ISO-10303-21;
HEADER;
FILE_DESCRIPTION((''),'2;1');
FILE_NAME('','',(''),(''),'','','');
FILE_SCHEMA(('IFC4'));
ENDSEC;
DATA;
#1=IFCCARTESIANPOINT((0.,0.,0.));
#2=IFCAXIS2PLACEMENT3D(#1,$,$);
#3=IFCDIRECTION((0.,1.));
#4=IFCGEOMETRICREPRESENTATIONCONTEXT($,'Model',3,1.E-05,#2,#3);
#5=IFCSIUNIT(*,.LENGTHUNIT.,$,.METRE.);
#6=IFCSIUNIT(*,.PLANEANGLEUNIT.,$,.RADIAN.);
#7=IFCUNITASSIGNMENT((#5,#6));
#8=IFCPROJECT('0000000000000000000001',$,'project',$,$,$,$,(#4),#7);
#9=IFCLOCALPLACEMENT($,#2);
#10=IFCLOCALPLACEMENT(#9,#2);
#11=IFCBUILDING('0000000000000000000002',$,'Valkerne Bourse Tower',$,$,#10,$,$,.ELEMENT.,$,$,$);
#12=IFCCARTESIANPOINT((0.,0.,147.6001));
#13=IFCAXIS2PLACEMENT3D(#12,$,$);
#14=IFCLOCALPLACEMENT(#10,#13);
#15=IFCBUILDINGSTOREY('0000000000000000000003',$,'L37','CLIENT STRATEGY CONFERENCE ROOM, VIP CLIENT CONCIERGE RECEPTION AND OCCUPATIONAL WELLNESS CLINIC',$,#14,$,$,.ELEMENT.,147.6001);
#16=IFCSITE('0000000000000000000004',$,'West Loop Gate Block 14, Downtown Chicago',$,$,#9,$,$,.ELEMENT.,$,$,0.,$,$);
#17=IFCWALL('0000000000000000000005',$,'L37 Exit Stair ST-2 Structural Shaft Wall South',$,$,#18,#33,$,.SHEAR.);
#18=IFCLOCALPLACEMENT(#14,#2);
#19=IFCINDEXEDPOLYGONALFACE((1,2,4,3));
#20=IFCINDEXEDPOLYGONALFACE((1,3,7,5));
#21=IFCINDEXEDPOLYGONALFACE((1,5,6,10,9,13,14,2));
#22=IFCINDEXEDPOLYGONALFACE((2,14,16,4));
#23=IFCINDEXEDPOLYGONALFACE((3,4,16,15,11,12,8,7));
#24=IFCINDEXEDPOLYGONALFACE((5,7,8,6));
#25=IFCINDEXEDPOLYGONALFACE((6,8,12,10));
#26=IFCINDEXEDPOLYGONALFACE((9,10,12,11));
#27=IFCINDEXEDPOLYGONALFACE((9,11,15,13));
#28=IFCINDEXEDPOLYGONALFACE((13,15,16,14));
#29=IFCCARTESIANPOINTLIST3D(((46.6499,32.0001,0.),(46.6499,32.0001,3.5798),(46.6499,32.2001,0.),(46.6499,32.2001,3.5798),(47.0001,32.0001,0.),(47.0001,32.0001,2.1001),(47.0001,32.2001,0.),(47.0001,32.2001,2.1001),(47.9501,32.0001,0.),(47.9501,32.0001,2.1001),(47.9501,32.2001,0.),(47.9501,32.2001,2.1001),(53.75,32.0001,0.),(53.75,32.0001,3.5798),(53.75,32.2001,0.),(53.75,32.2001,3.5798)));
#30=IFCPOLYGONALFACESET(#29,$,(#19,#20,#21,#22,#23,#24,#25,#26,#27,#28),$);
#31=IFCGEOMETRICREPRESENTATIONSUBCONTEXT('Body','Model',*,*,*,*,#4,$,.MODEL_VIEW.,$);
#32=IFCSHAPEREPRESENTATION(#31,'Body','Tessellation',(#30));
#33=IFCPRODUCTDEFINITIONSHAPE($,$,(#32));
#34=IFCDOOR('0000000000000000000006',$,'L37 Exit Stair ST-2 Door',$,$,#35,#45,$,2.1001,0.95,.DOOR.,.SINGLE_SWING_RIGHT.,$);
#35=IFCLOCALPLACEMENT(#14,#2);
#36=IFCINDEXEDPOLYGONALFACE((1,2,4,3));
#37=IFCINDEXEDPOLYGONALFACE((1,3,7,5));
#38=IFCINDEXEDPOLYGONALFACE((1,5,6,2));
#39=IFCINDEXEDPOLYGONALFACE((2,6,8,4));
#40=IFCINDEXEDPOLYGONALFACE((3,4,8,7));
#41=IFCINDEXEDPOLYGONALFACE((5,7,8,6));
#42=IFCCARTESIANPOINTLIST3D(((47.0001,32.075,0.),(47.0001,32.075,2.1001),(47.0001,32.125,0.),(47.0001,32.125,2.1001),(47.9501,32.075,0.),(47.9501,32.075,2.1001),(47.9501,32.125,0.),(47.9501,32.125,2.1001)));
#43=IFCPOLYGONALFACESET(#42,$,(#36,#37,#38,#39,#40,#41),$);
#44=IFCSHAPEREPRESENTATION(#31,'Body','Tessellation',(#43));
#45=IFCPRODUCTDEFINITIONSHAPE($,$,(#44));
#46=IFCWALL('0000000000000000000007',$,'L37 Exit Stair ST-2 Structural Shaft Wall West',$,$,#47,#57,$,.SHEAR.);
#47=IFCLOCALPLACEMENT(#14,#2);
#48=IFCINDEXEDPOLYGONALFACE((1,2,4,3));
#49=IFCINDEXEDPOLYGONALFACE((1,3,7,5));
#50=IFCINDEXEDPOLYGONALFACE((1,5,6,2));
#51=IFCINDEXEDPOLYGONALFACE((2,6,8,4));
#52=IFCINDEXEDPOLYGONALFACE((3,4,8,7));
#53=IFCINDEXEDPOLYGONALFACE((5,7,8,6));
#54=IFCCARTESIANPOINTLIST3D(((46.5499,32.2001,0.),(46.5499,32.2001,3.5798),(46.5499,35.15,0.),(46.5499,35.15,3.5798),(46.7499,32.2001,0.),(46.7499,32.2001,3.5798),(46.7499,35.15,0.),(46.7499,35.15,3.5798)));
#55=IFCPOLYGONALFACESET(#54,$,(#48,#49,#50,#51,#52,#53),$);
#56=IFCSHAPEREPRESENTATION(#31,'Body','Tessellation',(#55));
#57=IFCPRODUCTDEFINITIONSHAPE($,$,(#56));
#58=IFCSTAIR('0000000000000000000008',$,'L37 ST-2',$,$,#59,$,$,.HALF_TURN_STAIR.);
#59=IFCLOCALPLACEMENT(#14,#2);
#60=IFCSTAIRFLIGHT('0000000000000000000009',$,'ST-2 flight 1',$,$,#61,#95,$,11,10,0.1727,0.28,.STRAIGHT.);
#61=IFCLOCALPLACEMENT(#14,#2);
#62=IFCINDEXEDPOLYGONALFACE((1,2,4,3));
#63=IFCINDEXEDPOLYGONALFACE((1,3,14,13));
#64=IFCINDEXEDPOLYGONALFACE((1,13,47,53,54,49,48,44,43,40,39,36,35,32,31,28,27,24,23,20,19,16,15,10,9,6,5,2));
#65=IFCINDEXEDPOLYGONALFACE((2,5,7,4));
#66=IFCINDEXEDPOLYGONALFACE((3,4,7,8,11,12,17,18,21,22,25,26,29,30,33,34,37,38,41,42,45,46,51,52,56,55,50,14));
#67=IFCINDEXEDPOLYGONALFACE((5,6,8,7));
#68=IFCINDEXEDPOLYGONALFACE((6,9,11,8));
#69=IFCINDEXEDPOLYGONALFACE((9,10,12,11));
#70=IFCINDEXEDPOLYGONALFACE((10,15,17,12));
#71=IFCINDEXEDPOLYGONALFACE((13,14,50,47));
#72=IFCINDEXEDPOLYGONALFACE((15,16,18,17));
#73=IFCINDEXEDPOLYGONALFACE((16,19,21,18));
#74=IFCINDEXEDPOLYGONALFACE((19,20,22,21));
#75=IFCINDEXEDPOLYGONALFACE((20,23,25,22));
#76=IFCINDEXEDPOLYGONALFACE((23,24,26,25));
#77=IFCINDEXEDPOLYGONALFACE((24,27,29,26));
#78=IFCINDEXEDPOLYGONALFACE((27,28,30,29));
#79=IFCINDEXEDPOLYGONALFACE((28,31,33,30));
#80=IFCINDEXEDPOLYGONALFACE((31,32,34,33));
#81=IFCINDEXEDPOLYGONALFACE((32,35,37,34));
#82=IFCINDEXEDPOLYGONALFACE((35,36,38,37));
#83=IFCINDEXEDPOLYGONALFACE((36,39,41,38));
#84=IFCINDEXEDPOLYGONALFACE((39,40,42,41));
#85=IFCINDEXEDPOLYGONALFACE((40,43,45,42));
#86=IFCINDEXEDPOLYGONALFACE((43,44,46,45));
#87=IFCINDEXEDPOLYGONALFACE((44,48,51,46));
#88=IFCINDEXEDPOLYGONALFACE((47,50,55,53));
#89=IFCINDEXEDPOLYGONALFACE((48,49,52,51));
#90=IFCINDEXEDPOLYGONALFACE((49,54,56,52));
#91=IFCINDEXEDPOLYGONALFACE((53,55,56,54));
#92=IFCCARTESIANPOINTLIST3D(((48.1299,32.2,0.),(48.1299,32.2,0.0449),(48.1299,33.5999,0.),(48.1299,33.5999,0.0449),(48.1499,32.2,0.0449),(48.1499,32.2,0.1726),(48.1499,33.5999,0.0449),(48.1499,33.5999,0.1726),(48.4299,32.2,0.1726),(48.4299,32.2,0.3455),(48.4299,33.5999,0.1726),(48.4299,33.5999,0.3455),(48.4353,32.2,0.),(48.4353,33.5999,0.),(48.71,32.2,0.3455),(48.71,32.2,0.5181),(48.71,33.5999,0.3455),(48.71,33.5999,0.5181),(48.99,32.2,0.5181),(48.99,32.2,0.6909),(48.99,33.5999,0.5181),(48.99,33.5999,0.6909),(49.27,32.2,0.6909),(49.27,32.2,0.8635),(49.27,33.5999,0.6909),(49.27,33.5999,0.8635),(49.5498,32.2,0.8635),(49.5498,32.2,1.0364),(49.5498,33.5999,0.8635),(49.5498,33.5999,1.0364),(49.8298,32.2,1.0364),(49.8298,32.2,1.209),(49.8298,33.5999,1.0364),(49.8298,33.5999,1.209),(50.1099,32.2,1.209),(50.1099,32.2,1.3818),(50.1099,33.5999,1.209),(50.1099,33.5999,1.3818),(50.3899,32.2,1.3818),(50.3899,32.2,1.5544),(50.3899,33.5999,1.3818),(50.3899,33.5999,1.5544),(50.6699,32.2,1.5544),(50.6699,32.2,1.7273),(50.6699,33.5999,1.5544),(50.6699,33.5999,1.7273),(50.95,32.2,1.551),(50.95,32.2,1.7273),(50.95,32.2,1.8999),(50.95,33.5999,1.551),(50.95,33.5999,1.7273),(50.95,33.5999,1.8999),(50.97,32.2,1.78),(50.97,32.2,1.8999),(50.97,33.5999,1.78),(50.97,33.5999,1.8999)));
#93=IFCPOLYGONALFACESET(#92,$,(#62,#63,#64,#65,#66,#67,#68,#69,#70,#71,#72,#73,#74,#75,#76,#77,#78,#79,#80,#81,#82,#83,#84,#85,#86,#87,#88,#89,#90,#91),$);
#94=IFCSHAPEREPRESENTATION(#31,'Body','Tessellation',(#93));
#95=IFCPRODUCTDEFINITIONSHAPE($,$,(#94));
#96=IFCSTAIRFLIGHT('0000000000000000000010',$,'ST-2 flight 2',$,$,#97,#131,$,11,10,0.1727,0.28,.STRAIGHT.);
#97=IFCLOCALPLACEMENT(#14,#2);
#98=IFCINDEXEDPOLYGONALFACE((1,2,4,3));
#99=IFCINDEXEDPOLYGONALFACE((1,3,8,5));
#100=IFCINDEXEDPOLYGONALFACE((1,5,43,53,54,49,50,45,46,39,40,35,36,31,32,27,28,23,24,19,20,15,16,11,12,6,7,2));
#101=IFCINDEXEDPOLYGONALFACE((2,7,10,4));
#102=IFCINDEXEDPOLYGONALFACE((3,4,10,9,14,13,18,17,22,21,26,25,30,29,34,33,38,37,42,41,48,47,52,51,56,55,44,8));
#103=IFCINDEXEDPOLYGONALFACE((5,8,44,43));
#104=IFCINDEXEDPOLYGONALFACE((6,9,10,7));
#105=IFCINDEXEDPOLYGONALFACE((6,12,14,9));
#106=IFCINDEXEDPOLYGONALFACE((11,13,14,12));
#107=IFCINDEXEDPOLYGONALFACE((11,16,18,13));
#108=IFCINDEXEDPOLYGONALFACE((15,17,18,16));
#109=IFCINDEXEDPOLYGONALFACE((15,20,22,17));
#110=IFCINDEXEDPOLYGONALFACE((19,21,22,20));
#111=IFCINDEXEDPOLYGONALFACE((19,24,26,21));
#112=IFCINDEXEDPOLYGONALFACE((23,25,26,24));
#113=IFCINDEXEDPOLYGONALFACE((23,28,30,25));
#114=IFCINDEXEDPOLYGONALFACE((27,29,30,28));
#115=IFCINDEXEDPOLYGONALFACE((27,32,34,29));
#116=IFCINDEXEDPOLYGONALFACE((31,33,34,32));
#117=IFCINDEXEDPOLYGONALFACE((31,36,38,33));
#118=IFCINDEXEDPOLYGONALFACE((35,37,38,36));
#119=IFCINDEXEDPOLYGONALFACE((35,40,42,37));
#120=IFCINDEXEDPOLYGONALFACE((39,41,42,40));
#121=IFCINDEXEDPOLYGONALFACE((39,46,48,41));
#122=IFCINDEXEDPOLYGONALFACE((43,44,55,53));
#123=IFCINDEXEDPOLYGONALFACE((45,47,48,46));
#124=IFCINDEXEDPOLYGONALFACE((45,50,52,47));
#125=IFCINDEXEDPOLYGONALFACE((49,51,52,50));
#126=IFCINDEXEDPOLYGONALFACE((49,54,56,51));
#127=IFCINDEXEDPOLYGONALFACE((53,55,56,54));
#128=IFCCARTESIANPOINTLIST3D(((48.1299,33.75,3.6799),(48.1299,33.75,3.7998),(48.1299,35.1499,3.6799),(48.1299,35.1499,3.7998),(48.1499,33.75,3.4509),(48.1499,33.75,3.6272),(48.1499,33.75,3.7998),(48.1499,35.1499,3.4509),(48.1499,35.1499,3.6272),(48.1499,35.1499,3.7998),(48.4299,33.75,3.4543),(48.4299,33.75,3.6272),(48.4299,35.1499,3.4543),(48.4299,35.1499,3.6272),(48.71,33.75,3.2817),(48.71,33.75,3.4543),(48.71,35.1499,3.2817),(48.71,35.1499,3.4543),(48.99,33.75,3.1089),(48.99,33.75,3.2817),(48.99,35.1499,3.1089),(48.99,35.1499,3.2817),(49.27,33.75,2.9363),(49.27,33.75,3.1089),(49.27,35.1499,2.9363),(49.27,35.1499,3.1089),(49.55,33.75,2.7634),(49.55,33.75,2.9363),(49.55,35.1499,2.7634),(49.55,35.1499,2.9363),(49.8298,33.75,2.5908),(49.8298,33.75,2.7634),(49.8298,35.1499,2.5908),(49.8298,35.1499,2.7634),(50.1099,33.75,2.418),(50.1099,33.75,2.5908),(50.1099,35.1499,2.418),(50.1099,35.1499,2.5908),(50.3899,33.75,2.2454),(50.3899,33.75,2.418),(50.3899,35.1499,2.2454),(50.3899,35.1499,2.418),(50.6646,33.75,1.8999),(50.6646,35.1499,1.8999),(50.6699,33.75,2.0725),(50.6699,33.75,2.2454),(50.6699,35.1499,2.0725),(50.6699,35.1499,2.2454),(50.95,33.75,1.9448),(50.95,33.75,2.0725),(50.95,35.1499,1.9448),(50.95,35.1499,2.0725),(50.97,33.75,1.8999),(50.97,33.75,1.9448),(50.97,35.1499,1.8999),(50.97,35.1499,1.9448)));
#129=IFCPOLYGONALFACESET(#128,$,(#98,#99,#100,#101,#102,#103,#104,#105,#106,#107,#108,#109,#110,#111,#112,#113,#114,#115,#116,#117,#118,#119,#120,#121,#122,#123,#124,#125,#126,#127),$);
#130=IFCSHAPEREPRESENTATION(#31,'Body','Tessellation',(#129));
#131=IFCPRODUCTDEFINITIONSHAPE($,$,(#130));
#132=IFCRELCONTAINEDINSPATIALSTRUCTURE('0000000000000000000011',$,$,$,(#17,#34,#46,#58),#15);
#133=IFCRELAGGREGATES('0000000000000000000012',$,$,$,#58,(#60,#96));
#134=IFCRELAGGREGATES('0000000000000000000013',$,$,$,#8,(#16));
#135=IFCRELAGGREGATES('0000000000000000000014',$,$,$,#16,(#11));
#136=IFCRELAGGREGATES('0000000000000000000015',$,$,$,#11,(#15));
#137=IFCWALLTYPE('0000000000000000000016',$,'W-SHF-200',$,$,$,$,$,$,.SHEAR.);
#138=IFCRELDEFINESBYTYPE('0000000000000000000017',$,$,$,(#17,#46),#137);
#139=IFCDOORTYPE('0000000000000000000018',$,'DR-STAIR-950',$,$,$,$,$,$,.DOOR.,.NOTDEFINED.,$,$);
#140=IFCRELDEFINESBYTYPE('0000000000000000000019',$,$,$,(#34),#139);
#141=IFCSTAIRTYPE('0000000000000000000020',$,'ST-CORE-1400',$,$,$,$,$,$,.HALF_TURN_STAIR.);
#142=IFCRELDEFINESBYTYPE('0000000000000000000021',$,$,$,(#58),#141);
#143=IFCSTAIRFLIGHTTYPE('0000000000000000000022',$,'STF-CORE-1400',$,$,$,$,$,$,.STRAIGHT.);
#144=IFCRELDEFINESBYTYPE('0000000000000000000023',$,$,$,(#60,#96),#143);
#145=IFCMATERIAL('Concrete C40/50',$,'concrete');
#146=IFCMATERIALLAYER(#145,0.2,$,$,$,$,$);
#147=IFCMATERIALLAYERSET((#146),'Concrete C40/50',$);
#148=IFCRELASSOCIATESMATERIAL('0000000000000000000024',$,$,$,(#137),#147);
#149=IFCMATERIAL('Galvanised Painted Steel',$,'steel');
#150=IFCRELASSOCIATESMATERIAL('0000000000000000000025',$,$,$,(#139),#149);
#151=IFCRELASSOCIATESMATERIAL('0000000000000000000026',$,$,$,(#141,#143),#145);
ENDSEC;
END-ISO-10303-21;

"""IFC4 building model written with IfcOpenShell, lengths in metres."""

from ifc_helpers import new_model, si_unit, direction, frame, frame_2d, origin, place, context, subcontext, project, spatial, polyline, rectangle, outline, extrude, material, layer, layer_set, type_object, element, fill, aggregate, save


model = new_model("IFC4")

# Units and contexts
model_context = context("Model", 3, precision=1e-05, world=origin(), true_north=direction((0.0, 1.0)))
body_context = subcontext(model_context, "Body", "Model", "MODEL_VIEW")
ifc_project = project(units=[si_unit("LENGTHUNIT", "METRE"), si_unit("PLANEANGLEUNIT", "RADIAN")], contexts=[model_context])

# Site, building, storey
site_placement = place(None, origin())
site = spatial("IfcSite", under=ifc_project, at=site_placement, Name="West Loop Gate Block 14, Downtown Chicago", CompositionType="ELEMENT", RefElevation=0.0)
building_placement = place(site_placement, origin())
building = spatial("IfcBuilding", under=site, at=building_placement, Name="Valkerne Bourse Tower", CompositionType="ELEMENT")
storey_placement = place(building_placement, frame((0.0, 0.0, 147.6001)))
storey = spatial("IfcBuildingStorey", under=building, at=storey_placement, Name="L37", Description="CLIENT STRATEGY CONFERENCE ROOM, VIP CLIENT CONCIERGE RECEPTION AND OCCUPATIONAL WELLNESS CLINIC", CompositionType="ELEMENT", Elevation=147.6001)

# Shared definitions
ifc_material_1 = material(Name="Galvanised Painted Steel", Category="steel")

# Wall, opening, door
ifc_material_2 = material(Name="Concrete C40/50", Category="concrete")
ifc_layer_1 = layer(ifc_material_2, 0.2)
ifc_layer_set_1 = layer_set([ifc_layer_1], Name="Concrete C40/50")
wall_type_1 = type_object("IfcWallType", Name="W-SHF-200", PredefinedType="SHEAR", material=ifc_layer_set_1)
wall_1_placement = place(storey_placement, frame((46.6499, 32.1001, 0.0), z_axis=(0.0, 0.0, 1.0), x_axis=(1.0, 0.0, 0.0)))
wall_1 = element("IfcWall", 1, at=wall_1_placement, inside=storey, type_object=wall_type_1, Name="L37 Exit Stair ST-2 Structural Shaft Wall South", PredefinedType="SHEAR", context=body_context, shape_type="SweptSolid", body=[
    extrude(rectangle(XDim=7.1001, YDim=0.2, at=frame_2d((3.55, 0.0))), origin(), (0.0, 0.0, 1.0), 3.5798),
])
opening_1_placement = place(wall_1_placement, frame((0.3501, 0.0, 0.0)))
opening_1 = element("IfcOpeningElement", 2, at=opening_1_placement, cuts=wall_1, PredefinedType="OPENING", context=body_context, shape_type="SweptSolid", body=[
    extrude(rectangle(XDim=0.95, YDim=2.1001, at=frame_2d((0.4751, 1.05))), frame((0.0, 0.1099, 0.0), z_axis=(0.0, -1.0, 0.0), x_axis=(1.0, 0.0, 0.0)), (0.0, 0.0, 1.0), 0.22),
])
door_type_1 = type_object("IfcDoorType", Name="DR-STAIR-950", OperationType="NOTDEFINED", PredefinedType="DOOR", material=ifc_material_1)
door_1_placement = place(opening_1_placement, origin())
door_1 = element("IfcDoor", 3, at=door_1_placement, inside=storey, type_object=door_type_1, Name="L37 Exit Stair ST-2 Door", OperationType="SINGLE_SWING_RIGHT", OverallHeight=2.1001, OverallWidth=0.95, PredefinedType="DOOR", context=body_context, shape_type="SweptSolid", body=[
    extrude(rectangle(XDim=0.95, YDim=2.1001, at=frame_2d((0.4751, 1.05))), frame((0.0, 0.0249, 0.0), z_axis=(0.0, -1.0, 0.0), x_axis=(1.0, 0.0, 0.0)), (0.0, 0.0, 1.0), 0.05),
])
fill(opening_1, door_1)

# Wall
wall_2_placement = place(storey_placement, frame((46.6499, 32.2, 0.0), z_axis=(0.0, 0.0, 1.0), x_axis=(0.0, 1.0, 0.0)))
element("IfcWall", 4, at=wall_2_placement, inside=storey, type_object=wall_type_1, Name="L37 Exit Stair ST-2 Structural Shaft Wall West", PredefinedType="SHEAR", context=body_context, shape_type="SweptSolid", body=[
    extrude(rectangle(XDim=2.95, YDim=0.2, at=frame_2d((1.4751, 0.0))), origin(), (0.0, 0.0, 1.0), 3.5798),
])

# Stair, stair flights
stair_type = type_object("IfcStairType", Name="ST-CORE-1400", PredefinedType="HALF_TURN_STAIR", material=ifc_material_2)
stair_placement = place(storey_placement, origin())
stair = element("IfcStair", 5, at=stair_placement, inside=storey, type_object=stair_type, Name="L37 ST-2", PredefinedType="HALF_TURN_STAIR")
stair_flight_type = type_object("IfcStairFlightType", Name="STF-CORE-1400", PredefinedType="STRAIGHT", material=ifc_material_2)
stair_flight_1_placement = place(storey_placement, frame((48.1499, 32.8999, 0.0), z_axis=(0.0, 0.0, 1.0), x_axis=(1.0, 0.0, 0.0)))
stair_flight_1 = element("IfcStairFlight", 6, at=stair_flight_1_placement, type_object=stair_flight_type, Name="ST-2 flight 1", NumberOfRisers=11, NumberOfTreads=10, PredefinedType="STRAIGHT", RiserHeight=0.1727, TreadLength=0.28, context=body_context, shape_type="SweptSolid", body=[
    extrude(outline(polyline([(-0.02, 0.0), (-0.02, 0.0449), (0.0, 0.0449), (0.0, 0.1726), (0.28, 0.1726), (0.28, 0.3455), (0.5601, 0.3455), (0.5601, 0.5181), (0.8401, 0.5181), (0.8401, 0.6909), (1.1201, 0.6909), (1.1201, 0.8635), (1.3999, 0.8635), (1.3999, 1.0364), (1.6799, 1.0364), (1.6799, 1.209), (1.96, 1.209), (1.96, 1.3818), (2.24, 1.3818), (2.24, 1.5544), (2.52, 1.5544), (2.52, 1.7273), (2.8, 1.7273), (2.8, 1.8999), (2.8201, 1.8999), (2.8201, 1.78), (2.8, 1.551), (0.2854, 0.0), (-0.02, 0.0)])), frame((0.0, 0.7, 0.0), z_axis=(0.0, -1.0, 0.0), x_axis=(1.0, 0.0, 0.0)), (0.0, 0.0, 1.0), 1.3999),
])
stair_flight_2_placement = place(storey_placement, frame((50.95, 34.45, 1.8999), z_axis=(0.0, 0.0, 1.0), x_axis=(-1.0, 0.0, 0.0)))
stair_flight_2 = element("IfcStairFlight", 7, at=stair_flight_2_placement, type_object=stair_flight_type, Name="ST-2 flight 2", NumberOfRisers=11, NumberOfTreads=10, PredefinedType="STRAIGHT", RiserHeight=0.1727, TreadLength=0.28, context=body_context, shape_type="SweptSolid", body=[
    extrude(outline(polyline([(-0.02, 0.0), (-0.02, 0.0449), (0.0, 0.0449), (0.0, 0.1726), (0.28, 0.1726), (0.28, 0.3455), (0.5601, 0.3455), (0.5601, 0.5181), (0.8401, 0.5181), (0.8401, 0.6909), (1.1201, 0.6909), (1.1201, 0.8635), (1.3999, 0.8635), (1.3999, 1.0364), (1.6799, 1.0364), (1.6799, 1.209), (1.96, 1.209), (1.96, 1.3818), (2.24, 1.3818), (2.24, 1.5544), (2.52, 1.5544), (2.52, 1.7273), (2.8, 1.7273), (2.8, 1.8999), (2.8201, 1.8999), (2.8201, 1.78), (2.8, 1.551), (0.2854, 0.0), (-0.02, 0.0)])), frame((0.0, 0.7, 0.0), z_axis=(0.0, -1.0, 0.0), x_axis=(1.0, 0.0, 0.0)), (0.0, 0.0, 1.0), 1.3999),
])
aggregate(stair, [stair_flight_1, stair_flight_2])

save(model, "model.ifc")
